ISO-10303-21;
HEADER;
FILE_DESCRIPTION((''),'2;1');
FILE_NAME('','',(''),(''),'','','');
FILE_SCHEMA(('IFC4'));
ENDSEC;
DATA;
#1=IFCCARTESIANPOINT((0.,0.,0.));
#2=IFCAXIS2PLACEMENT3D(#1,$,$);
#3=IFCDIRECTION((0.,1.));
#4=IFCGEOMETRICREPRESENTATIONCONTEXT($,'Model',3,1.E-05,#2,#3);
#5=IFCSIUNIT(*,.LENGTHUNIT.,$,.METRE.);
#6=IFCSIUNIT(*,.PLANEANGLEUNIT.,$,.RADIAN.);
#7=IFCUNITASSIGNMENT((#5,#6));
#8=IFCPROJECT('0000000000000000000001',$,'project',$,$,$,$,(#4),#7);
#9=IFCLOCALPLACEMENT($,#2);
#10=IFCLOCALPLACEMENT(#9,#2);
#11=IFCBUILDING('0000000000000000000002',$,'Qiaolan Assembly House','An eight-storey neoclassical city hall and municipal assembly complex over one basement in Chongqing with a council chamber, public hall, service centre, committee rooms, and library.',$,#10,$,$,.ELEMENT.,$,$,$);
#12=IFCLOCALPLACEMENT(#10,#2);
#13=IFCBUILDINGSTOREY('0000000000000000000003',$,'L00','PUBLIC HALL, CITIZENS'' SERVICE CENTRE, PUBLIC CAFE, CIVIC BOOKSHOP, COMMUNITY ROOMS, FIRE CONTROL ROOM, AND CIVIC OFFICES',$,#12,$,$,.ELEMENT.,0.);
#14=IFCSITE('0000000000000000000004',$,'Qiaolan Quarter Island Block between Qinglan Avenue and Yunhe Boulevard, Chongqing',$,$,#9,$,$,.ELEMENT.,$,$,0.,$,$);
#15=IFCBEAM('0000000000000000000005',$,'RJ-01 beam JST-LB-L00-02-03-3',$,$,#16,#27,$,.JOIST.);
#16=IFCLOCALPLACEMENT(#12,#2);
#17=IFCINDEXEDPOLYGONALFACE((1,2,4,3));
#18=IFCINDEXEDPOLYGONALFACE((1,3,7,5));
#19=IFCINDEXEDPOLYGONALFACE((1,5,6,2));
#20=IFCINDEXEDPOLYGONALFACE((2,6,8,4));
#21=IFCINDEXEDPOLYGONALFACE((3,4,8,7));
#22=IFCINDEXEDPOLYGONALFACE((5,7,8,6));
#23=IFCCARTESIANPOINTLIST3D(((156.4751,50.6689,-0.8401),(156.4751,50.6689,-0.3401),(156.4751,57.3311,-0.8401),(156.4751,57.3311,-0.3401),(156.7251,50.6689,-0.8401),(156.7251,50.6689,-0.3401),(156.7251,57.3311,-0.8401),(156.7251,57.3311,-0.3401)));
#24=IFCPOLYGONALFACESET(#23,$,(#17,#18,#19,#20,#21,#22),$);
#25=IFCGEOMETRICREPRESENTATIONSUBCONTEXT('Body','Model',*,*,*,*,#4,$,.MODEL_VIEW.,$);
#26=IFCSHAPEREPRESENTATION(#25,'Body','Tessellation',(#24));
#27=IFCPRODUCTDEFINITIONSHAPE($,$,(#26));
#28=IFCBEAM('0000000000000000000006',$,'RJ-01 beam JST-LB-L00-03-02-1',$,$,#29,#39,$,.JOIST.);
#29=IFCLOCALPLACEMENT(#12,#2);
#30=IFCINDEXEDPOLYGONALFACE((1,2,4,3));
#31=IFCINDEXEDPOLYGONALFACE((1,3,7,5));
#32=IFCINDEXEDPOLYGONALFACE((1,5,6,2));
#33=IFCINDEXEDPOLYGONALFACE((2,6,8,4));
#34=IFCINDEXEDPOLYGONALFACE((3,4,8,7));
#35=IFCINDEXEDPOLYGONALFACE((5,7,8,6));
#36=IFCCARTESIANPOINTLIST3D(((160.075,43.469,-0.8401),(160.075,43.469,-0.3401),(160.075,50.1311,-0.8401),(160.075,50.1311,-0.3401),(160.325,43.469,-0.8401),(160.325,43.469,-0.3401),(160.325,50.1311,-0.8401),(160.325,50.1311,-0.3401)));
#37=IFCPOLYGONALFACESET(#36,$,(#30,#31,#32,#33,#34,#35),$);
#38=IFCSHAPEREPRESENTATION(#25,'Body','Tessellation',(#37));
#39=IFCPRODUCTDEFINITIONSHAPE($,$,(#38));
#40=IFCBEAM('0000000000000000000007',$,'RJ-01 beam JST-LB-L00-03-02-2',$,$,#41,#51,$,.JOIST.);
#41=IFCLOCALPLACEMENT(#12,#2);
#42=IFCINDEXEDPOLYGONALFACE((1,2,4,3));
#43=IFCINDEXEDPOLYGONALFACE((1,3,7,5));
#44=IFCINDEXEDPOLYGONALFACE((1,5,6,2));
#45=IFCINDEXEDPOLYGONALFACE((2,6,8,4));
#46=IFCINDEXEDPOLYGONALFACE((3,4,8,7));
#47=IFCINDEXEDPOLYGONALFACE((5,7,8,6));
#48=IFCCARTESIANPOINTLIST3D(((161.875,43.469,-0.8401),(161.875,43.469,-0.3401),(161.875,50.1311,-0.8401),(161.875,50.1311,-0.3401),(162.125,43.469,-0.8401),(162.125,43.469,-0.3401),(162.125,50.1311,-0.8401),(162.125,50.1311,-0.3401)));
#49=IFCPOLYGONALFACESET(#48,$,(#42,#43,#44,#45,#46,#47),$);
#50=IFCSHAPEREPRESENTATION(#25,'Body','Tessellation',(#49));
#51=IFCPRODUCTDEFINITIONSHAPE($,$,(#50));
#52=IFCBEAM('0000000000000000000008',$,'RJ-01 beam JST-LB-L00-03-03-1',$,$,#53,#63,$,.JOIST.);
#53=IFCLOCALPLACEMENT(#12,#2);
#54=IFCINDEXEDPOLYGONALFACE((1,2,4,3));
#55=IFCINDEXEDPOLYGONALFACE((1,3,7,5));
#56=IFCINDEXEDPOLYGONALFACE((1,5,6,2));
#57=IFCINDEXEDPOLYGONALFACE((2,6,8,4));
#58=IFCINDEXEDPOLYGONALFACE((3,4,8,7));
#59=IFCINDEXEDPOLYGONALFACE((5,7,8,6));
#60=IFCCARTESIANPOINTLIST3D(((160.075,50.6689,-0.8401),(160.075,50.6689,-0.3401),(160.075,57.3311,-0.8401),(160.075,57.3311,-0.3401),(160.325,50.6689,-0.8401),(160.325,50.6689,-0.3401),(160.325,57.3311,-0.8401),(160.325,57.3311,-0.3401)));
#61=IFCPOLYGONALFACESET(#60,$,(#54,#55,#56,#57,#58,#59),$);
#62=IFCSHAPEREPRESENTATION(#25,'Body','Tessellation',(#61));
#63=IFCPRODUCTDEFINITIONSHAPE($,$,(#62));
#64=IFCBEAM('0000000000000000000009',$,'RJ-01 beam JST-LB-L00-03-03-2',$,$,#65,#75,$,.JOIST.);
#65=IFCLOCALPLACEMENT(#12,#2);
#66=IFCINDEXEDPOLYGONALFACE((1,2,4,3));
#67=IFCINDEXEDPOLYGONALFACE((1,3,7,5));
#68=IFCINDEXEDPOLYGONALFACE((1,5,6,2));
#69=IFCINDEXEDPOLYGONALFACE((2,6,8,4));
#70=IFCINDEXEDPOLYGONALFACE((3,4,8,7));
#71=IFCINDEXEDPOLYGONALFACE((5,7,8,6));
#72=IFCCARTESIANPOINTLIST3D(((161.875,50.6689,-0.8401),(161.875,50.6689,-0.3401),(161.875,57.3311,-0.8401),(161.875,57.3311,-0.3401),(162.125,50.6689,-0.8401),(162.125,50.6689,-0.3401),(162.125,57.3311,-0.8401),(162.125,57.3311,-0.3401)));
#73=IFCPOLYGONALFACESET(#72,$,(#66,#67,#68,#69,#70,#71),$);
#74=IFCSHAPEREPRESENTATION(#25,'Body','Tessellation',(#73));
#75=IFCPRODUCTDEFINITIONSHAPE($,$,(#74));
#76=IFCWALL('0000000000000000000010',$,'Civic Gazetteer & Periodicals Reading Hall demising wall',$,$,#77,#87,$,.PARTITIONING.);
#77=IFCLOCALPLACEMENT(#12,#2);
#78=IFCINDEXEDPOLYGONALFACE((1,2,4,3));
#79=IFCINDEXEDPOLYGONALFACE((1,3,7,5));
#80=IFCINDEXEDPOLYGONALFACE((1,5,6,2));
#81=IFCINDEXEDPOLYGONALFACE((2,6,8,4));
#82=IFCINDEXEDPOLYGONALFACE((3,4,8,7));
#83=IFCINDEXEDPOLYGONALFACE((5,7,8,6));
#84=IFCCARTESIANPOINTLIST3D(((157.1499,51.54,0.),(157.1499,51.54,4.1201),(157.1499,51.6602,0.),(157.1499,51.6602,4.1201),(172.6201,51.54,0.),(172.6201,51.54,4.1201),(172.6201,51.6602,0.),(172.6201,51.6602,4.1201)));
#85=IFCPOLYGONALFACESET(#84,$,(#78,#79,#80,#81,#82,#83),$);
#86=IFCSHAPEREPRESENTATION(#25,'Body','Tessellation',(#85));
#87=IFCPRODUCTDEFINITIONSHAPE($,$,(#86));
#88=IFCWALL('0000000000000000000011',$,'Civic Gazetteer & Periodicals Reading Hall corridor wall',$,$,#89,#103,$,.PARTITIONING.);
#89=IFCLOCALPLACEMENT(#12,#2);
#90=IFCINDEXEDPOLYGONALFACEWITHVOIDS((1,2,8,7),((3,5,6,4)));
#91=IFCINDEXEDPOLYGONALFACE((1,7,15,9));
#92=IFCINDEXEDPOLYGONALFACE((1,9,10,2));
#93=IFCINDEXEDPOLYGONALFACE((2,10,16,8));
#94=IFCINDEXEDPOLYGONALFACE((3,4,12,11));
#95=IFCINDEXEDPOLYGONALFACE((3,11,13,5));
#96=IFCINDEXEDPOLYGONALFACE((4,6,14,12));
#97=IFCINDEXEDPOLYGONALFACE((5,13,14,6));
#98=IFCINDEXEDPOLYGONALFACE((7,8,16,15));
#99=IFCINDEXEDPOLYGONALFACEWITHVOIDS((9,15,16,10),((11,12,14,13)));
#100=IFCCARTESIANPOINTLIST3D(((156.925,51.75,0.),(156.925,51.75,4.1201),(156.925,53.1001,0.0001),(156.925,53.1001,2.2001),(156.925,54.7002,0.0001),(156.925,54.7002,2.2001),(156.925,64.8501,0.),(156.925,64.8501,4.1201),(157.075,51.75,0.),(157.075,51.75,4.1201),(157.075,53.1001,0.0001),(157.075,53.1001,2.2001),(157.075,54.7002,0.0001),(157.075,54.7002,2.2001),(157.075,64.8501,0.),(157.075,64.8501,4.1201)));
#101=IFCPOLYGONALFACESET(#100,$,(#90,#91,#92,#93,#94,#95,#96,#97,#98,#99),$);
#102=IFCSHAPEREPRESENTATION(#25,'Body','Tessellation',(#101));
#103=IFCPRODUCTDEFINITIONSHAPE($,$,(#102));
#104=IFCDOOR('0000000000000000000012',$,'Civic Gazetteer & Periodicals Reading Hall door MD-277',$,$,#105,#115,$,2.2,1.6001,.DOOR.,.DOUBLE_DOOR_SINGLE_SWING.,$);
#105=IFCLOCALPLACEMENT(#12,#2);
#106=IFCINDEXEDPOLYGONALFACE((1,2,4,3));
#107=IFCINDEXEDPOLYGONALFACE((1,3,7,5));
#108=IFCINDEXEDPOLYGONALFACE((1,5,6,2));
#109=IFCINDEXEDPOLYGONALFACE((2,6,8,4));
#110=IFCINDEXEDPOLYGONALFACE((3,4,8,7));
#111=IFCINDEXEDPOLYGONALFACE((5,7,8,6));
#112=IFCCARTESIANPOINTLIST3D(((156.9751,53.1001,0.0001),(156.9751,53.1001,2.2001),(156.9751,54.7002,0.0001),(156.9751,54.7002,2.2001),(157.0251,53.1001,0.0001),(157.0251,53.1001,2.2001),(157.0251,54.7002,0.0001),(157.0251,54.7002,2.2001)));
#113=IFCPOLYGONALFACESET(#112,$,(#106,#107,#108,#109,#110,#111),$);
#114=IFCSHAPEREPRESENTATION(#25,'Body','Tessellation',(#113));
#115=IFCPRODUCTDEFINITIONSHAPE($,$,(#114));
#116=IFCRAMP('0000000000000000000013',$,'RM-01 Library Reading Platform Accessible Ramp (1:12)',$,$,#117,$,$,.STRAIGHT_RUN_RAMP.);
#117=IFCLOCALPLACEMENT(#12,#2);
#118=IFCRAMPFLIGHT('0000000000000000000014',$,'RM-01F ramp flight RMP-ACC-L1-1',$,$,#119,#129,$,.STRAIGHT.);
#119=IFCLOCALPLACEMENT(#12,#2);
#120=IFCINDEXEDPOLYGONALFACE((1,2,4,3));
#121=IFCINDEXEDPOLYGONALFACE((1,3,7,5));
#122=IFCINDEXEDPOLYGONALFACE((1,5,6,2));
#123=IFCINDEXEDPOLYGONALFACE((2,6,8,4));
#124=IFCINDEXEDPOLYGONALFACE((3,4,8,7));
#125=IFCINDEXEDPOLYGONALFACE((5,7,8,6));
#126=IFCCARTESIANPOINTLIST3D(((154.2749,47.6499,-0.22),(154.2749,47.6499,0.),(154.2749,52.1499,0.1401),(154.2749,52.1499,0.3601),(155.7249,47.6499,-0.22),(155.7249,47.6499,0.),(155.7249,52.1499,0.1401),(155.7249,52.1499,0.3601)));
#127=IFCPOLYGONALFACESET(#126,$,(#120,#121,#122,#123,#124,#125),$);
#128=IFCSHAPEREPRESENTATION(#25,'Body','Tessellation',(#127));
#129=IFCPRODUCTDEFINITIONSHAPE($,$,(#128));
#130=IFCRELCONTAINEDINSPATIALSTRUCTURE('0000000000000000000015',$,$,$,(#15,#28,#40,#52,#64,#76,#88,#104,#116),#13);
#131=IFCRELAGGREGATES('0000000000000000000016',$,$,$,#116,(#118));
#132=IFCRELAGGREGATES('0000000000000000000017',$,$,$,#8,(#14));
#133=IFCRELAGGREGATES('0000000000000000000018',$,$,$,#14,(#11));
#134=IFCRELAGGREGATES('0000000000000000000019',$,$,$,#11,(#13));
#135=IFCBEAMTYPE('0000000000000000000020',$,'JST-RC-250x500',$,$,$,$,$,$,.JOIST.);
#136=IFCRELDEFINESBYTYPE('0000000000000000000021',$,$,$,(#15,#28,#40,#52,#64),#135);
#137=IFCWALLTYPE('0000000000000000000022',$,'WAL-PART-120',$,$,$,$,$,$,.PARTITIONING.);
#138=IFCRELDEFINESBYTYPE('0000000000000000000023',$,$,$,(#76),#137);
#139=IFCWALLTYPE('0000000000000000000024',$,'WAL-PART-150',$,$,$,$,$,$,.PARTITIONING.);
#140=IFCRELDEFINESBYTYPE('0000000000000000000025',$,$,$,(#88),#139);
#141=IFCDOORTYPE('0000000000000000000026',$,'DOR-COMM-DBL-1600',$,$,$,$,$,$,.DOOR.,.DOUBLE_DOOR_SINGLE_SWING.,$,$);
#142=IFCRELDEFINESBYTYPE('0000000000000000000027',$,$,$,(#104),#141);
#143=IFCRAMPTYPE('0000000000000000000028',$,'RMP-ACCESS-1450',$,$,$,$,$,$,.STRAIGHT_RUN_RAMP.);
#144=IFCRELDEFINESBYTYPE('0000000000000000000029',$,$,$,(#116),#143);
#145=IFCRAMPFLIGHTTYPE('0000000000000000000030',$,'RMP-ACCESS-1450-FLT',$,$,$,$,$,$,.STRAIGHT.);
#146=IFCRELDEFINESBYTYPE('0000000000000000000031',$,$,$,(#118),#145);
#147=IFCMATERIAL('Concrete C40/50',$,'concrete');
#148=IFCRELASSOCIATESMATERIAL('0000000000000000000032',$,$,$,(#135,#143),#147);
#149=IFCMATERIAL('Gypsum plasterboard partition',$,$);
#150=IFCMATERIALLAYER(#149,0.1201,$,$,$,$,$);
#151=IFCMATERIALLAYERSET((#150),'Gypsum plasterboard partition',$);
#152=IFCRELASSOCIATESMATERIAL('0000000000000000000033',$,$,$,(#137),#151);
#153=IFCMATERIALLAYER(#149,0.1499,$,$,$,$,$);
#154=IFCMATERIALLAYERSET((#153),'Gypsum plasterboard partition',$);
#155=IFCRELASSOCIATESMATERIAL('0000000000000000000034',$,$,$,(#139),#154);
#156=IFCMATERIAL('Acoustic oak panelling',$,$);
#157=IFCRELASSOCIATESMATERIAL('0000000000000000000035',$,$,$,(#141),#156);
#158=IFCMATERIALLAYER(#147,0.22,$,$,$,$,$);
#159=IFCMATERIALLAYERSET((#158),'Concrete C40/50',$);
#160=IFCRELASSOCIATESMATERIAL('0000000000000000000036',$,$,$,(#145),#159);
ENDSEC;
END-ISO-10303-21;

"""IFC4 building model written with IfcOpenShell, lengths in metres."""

from ifc_helpers import new_model, si_unit, direction, frame, frame_2d, origin, origin_2d, place, context, subcontext, project, spatial, polyline, rectangle, outline, extrude, material, layer, layer_set, material_profile, profile_set, type_object, element, fill, aggregate, save


model = new_model("IFC4")

# Units and contexts
model_context = context("Model", 3, precision=1e-05, world=origin(), true_north=direction((0.0, 1.0)))
body_context = subcontext(model_context, "Body", "Model", "MODEL_VIEW")
ifc_project = project(units=[si_unit("LENGTHUNIT", "METRE"), si_unit("PLANEANGLEUNIT", "RADIAN")], contexts=[model_context])

# Site, building, storey
site_placement = place(None, origin())
site = spatial("IfcSite", under=ifc_project, at=site_placement, Name="Qiaolan Quarter Island Block between Qinglan Avenue and Yunhe Boulevard, Chongqing", CompositionType="ELEMENT", RefElevation=0.0)
building_placement = place(site_placement, origin())
building = spatial("IfcBuilding", under=site, at=building_placement, Name="Qiaolan Assembly House", Description="An eight-storey neoclassical city hall and municipal assembly complex over one basement in Chongqing with a council chamber, public hall, service centre, committee rooms, and library.", CompositionType="ELEMENT")
storey_placement = place(building_placement, origin())
storey = spatial("IfcBuildingStorey", under=building, at=storey_placement, Name="L00", Description="PUBLIC HALL, CITIZENS' SERVICE CENTRE, PUBLIC CAFE, CIVIC BOOKSHOP, COMMUNITY ROOMS, FIRE CONTROL ROOM, AND CIVIC OFFICES", CompositionType="ELEMENT", Elevation=0.0)

# Beams
ifc_material_1 = material(Name="Concrete C40/50", Category="concrete")
ifc_material_profile_1 = material_profile(ifc_material_1, rectangle(XDim=0.25, YDim=0.5, at=origin_2d()), Name="RCB 250x500")
ifc_profile_set_1 = profile_set([ifc_material_profile_1], Name="Concrete C40/50")
beam_type_1 = type_object("IfcBeamType", Name="JST-RC-250x500", PredefinedType="JOIST", material=ifc_profile_set_1)
for number, where, z_axis, x_axis, name in (
    (1, (156.6001, 50.6689, -0.5901), (0.0, 1.0, 0.0), (-1.0, 0.0, 0.0), "RJ-01 beam JST-LB-L00-02-03-3"),
    (2, (160.2, 43.469, -0.5901), (0.0, 1.0, 0.0), (-1.0, 0.0, 0.0), "RJ-01 beam JST-LB-L00-03-02-1"),
    (3, (162.0, 43.469, -0.5901), (0.0, 1.0, 0.0), (-1.0, 0.0, 0.0), "RJ-01 beam JST-LB-L00-03-02-2"),
    (4, (160.2, 50.6689, -0.5901), (0.0, 1.0, 0.0), (-1.0, 0.0, 0.0), "RJ-01 beam JST-LB-L00-03-03-1"),
    (5, (162.0, 50.6689, -0.5901), (0.0, 1.0, 0.0), (-1.0, 0.0, 0.0), "RJ-01 beam JST-LB-L00-03-03-2"),
):
    element("IfcBeam", number, at=place(storey_placement, frame(where, z_axis=z_axis, x_axis=x_axis)), inside=storey, type_object=beam_type_1, Name=name, PredefinedType="JOIST", context=body_context, shape_type="SweptSolid", body=[
        extrude(rectangle(XDim=0.25, YDim=0.5, at=origin_2d()), origin(), (0.0, 0.0, 1.0), 6.6621),
    ])

# Wall
ifc_material_2 = material(Name="Gypsum plasterboard partition")
ifc_layer_1 = layer(ifc_material_2, 0.1201)
ifc_layer_set_1 = layer_set([ifc_layer_1], Name="Gypsum plasterboard partition")
wall_type_1 = type_object("IfcWallType", Name="WAL-PART-120", PredefinedType="PARTITIONING", material=ifc_layer_set_1)
wall_1_placement = place(storey_placement, frame((157.1499, 51.6001, 0.0), z_axis=(0.0, 0.0, 1.0), x_axis=(1.0, 0.0, 0.0)))
element("IfcWall", 6, at=wall_1_placement, inside=storey, type_object=wall_type_1, Name="Civic Gazetteer & Periodicals Reading Hall demising wall", PredefinedType="PARTITIONING", context=body_context, shape_type="SweptSolid", body=[
    extrude(rectangle(XDim=15.4702, YDim=0.1201, at=frame_2d((7.7351, 0.0))), origin(), (0.0, 0.0, 1.0), 4.1201),
])

# Wall, opening, door
ifc_layer_2 = layer(ifc_material_2, 0.1499)
ifc_layer_set_2 = layer_set([ifc_layer_2], Name="Gypsum plasterboard partition")
wall_type_2 = type_object("IfcWallType", Name="WAL-PART-150", PredefinedType="PARTITIONING", material=ifc_layer_set_2)
wall_2_placement = place(storey_placement, frame((157.0, 51.75, 0.0), z_axis=(0.0, 0.0, 1.0), x_axis=(0.0, 1.0, 0.0)))
wall_2 = element("IfcWall", 7, at=wall_2_placement, inside=storey, type_object=wall_type_2, Name="Civic Gazetteer & Periodicals Reading Hall corridor wall", PredefinedType="PARTITIONING", context=body_context, shape_type="SweptSolid", body=[
    extrude(rectangle(XDim=13.1001, YDim=0.1499, at=frame_2d((6.55, 0.0))), origin(), (0.0, 0.0, 1.0), 4.1201),
])
opening_placement = place(wall_2_placement, frame((1.3501, 0.0, 0.0)))
opening = element("IfcOpeningElement", 8, at=opening_placement, cuts=wall_2, PredefinedType="OPENING", context=body_context, shape_type="SweptSolid", body=[
    extrude(rectangle(XDim=1.6001, YDim=2.2, at=frame_2d((0.8, 1.1001))), frame((0.0, 0.085, 0.0), z_axis=(0.0, -1.0, 0.0), x_axis=(1.0, 0.0, 0.0)), (0.0, 0.0, 1.0), 0.1699),
])
ifc_material_3 = material(Name="Acoustic oak panelling")
door_type = type_object("IfcDoorType", Name="DOR-COMM-DBL-1600", OperationType="DOUBLE_DOOR_SINGLE_SWING", PredefinedType="DOOR", material=ifc_material_3)
door_placement = place(opening_placement, origin())
door = element("IfcDoor", 9, at=door_placement, inside=storey, type_object=door_type, Name="Civic Gazetteer & Periodicals Reading Hall door MD-277", OperationType="DOUBLE_DOOR_SINGLE_SWING", OverallHeight=2.2, OverallWidth=1.6001, PredefinedType="DOOR", context=body_context, shape_type="SweptSolid", body=[
    extrude(rectangle(XDim=1.6001, YDim=2.2, at=frame_2d((0.8, 1.1001))), frame((0.0, 0.0249, 0.0), z_axis=(0.0, -1.0, 0.0), x_axis=(1.0, 0.0, 0.0)), (0.0, 0.0, 1.0), 0.05),
])
fill(opening, door)

# Ramp, ramp flight
ramp_type = type_object("IfcRampType", Name="RMP-ACCESS-1450", PredefinedType="STRAIGHT_RUN_RAMP", material=ifc_material_1)
ramp_placement = place(storey_placement, origin())
ramp = element("IfcRamp", 10, at=ramp_placement, inside=storey, type_object=ramp_type, Name="RM-01 Library Reading Platform Accessible Ramp (1:12)", PredefinedType="STRAIGHT_RUN_RAMP")
ifc_layer_3 = layer(ifc_material_1, 0.22)
ifc_layer_set_3 = layer_set([ifc_layer_3], Name="Concrete C40/50")
ramp_flight_type = type_object("IfcRampFlightType", Name="RMP-ACCESS-1450-FLT", PredefinedType="STRAIGHT", material=ifc_layer_set_3)
ramp_flight_placement = place(storey_placement, frame((155.0, 47.6499, 0.0), z_axis=(0.0, 0.0, 1.0), x_axis=(0.0, 1.0, 0.0)))
ramp_flight = element("IfcRampFlight", 11, at=ramp_flight_placement, type_object=ramp_flight_type, Name="RM-01F ramp flight RMP-ACC-L1-1", PredefinedType="STRAIGHT", context=body_context, shape_type="SweptSolid", body=[
    extrude(outline(polyline([(0.0, -0.22), (0.0, 0.0), (4.5, 0.3601), (4.5, 0.1401), (0.0, -0.22)])), frame((0.0, 0.7251, 0.0), z_axis=(0.0, -1.0, 0.0), x_axis=(1.0, 0.0, 0.0)), (0.0, 0.0, 1.0), 1.45),
])
aggregate(ramp, [ramp_flight])

save(model, "model.ifc")
